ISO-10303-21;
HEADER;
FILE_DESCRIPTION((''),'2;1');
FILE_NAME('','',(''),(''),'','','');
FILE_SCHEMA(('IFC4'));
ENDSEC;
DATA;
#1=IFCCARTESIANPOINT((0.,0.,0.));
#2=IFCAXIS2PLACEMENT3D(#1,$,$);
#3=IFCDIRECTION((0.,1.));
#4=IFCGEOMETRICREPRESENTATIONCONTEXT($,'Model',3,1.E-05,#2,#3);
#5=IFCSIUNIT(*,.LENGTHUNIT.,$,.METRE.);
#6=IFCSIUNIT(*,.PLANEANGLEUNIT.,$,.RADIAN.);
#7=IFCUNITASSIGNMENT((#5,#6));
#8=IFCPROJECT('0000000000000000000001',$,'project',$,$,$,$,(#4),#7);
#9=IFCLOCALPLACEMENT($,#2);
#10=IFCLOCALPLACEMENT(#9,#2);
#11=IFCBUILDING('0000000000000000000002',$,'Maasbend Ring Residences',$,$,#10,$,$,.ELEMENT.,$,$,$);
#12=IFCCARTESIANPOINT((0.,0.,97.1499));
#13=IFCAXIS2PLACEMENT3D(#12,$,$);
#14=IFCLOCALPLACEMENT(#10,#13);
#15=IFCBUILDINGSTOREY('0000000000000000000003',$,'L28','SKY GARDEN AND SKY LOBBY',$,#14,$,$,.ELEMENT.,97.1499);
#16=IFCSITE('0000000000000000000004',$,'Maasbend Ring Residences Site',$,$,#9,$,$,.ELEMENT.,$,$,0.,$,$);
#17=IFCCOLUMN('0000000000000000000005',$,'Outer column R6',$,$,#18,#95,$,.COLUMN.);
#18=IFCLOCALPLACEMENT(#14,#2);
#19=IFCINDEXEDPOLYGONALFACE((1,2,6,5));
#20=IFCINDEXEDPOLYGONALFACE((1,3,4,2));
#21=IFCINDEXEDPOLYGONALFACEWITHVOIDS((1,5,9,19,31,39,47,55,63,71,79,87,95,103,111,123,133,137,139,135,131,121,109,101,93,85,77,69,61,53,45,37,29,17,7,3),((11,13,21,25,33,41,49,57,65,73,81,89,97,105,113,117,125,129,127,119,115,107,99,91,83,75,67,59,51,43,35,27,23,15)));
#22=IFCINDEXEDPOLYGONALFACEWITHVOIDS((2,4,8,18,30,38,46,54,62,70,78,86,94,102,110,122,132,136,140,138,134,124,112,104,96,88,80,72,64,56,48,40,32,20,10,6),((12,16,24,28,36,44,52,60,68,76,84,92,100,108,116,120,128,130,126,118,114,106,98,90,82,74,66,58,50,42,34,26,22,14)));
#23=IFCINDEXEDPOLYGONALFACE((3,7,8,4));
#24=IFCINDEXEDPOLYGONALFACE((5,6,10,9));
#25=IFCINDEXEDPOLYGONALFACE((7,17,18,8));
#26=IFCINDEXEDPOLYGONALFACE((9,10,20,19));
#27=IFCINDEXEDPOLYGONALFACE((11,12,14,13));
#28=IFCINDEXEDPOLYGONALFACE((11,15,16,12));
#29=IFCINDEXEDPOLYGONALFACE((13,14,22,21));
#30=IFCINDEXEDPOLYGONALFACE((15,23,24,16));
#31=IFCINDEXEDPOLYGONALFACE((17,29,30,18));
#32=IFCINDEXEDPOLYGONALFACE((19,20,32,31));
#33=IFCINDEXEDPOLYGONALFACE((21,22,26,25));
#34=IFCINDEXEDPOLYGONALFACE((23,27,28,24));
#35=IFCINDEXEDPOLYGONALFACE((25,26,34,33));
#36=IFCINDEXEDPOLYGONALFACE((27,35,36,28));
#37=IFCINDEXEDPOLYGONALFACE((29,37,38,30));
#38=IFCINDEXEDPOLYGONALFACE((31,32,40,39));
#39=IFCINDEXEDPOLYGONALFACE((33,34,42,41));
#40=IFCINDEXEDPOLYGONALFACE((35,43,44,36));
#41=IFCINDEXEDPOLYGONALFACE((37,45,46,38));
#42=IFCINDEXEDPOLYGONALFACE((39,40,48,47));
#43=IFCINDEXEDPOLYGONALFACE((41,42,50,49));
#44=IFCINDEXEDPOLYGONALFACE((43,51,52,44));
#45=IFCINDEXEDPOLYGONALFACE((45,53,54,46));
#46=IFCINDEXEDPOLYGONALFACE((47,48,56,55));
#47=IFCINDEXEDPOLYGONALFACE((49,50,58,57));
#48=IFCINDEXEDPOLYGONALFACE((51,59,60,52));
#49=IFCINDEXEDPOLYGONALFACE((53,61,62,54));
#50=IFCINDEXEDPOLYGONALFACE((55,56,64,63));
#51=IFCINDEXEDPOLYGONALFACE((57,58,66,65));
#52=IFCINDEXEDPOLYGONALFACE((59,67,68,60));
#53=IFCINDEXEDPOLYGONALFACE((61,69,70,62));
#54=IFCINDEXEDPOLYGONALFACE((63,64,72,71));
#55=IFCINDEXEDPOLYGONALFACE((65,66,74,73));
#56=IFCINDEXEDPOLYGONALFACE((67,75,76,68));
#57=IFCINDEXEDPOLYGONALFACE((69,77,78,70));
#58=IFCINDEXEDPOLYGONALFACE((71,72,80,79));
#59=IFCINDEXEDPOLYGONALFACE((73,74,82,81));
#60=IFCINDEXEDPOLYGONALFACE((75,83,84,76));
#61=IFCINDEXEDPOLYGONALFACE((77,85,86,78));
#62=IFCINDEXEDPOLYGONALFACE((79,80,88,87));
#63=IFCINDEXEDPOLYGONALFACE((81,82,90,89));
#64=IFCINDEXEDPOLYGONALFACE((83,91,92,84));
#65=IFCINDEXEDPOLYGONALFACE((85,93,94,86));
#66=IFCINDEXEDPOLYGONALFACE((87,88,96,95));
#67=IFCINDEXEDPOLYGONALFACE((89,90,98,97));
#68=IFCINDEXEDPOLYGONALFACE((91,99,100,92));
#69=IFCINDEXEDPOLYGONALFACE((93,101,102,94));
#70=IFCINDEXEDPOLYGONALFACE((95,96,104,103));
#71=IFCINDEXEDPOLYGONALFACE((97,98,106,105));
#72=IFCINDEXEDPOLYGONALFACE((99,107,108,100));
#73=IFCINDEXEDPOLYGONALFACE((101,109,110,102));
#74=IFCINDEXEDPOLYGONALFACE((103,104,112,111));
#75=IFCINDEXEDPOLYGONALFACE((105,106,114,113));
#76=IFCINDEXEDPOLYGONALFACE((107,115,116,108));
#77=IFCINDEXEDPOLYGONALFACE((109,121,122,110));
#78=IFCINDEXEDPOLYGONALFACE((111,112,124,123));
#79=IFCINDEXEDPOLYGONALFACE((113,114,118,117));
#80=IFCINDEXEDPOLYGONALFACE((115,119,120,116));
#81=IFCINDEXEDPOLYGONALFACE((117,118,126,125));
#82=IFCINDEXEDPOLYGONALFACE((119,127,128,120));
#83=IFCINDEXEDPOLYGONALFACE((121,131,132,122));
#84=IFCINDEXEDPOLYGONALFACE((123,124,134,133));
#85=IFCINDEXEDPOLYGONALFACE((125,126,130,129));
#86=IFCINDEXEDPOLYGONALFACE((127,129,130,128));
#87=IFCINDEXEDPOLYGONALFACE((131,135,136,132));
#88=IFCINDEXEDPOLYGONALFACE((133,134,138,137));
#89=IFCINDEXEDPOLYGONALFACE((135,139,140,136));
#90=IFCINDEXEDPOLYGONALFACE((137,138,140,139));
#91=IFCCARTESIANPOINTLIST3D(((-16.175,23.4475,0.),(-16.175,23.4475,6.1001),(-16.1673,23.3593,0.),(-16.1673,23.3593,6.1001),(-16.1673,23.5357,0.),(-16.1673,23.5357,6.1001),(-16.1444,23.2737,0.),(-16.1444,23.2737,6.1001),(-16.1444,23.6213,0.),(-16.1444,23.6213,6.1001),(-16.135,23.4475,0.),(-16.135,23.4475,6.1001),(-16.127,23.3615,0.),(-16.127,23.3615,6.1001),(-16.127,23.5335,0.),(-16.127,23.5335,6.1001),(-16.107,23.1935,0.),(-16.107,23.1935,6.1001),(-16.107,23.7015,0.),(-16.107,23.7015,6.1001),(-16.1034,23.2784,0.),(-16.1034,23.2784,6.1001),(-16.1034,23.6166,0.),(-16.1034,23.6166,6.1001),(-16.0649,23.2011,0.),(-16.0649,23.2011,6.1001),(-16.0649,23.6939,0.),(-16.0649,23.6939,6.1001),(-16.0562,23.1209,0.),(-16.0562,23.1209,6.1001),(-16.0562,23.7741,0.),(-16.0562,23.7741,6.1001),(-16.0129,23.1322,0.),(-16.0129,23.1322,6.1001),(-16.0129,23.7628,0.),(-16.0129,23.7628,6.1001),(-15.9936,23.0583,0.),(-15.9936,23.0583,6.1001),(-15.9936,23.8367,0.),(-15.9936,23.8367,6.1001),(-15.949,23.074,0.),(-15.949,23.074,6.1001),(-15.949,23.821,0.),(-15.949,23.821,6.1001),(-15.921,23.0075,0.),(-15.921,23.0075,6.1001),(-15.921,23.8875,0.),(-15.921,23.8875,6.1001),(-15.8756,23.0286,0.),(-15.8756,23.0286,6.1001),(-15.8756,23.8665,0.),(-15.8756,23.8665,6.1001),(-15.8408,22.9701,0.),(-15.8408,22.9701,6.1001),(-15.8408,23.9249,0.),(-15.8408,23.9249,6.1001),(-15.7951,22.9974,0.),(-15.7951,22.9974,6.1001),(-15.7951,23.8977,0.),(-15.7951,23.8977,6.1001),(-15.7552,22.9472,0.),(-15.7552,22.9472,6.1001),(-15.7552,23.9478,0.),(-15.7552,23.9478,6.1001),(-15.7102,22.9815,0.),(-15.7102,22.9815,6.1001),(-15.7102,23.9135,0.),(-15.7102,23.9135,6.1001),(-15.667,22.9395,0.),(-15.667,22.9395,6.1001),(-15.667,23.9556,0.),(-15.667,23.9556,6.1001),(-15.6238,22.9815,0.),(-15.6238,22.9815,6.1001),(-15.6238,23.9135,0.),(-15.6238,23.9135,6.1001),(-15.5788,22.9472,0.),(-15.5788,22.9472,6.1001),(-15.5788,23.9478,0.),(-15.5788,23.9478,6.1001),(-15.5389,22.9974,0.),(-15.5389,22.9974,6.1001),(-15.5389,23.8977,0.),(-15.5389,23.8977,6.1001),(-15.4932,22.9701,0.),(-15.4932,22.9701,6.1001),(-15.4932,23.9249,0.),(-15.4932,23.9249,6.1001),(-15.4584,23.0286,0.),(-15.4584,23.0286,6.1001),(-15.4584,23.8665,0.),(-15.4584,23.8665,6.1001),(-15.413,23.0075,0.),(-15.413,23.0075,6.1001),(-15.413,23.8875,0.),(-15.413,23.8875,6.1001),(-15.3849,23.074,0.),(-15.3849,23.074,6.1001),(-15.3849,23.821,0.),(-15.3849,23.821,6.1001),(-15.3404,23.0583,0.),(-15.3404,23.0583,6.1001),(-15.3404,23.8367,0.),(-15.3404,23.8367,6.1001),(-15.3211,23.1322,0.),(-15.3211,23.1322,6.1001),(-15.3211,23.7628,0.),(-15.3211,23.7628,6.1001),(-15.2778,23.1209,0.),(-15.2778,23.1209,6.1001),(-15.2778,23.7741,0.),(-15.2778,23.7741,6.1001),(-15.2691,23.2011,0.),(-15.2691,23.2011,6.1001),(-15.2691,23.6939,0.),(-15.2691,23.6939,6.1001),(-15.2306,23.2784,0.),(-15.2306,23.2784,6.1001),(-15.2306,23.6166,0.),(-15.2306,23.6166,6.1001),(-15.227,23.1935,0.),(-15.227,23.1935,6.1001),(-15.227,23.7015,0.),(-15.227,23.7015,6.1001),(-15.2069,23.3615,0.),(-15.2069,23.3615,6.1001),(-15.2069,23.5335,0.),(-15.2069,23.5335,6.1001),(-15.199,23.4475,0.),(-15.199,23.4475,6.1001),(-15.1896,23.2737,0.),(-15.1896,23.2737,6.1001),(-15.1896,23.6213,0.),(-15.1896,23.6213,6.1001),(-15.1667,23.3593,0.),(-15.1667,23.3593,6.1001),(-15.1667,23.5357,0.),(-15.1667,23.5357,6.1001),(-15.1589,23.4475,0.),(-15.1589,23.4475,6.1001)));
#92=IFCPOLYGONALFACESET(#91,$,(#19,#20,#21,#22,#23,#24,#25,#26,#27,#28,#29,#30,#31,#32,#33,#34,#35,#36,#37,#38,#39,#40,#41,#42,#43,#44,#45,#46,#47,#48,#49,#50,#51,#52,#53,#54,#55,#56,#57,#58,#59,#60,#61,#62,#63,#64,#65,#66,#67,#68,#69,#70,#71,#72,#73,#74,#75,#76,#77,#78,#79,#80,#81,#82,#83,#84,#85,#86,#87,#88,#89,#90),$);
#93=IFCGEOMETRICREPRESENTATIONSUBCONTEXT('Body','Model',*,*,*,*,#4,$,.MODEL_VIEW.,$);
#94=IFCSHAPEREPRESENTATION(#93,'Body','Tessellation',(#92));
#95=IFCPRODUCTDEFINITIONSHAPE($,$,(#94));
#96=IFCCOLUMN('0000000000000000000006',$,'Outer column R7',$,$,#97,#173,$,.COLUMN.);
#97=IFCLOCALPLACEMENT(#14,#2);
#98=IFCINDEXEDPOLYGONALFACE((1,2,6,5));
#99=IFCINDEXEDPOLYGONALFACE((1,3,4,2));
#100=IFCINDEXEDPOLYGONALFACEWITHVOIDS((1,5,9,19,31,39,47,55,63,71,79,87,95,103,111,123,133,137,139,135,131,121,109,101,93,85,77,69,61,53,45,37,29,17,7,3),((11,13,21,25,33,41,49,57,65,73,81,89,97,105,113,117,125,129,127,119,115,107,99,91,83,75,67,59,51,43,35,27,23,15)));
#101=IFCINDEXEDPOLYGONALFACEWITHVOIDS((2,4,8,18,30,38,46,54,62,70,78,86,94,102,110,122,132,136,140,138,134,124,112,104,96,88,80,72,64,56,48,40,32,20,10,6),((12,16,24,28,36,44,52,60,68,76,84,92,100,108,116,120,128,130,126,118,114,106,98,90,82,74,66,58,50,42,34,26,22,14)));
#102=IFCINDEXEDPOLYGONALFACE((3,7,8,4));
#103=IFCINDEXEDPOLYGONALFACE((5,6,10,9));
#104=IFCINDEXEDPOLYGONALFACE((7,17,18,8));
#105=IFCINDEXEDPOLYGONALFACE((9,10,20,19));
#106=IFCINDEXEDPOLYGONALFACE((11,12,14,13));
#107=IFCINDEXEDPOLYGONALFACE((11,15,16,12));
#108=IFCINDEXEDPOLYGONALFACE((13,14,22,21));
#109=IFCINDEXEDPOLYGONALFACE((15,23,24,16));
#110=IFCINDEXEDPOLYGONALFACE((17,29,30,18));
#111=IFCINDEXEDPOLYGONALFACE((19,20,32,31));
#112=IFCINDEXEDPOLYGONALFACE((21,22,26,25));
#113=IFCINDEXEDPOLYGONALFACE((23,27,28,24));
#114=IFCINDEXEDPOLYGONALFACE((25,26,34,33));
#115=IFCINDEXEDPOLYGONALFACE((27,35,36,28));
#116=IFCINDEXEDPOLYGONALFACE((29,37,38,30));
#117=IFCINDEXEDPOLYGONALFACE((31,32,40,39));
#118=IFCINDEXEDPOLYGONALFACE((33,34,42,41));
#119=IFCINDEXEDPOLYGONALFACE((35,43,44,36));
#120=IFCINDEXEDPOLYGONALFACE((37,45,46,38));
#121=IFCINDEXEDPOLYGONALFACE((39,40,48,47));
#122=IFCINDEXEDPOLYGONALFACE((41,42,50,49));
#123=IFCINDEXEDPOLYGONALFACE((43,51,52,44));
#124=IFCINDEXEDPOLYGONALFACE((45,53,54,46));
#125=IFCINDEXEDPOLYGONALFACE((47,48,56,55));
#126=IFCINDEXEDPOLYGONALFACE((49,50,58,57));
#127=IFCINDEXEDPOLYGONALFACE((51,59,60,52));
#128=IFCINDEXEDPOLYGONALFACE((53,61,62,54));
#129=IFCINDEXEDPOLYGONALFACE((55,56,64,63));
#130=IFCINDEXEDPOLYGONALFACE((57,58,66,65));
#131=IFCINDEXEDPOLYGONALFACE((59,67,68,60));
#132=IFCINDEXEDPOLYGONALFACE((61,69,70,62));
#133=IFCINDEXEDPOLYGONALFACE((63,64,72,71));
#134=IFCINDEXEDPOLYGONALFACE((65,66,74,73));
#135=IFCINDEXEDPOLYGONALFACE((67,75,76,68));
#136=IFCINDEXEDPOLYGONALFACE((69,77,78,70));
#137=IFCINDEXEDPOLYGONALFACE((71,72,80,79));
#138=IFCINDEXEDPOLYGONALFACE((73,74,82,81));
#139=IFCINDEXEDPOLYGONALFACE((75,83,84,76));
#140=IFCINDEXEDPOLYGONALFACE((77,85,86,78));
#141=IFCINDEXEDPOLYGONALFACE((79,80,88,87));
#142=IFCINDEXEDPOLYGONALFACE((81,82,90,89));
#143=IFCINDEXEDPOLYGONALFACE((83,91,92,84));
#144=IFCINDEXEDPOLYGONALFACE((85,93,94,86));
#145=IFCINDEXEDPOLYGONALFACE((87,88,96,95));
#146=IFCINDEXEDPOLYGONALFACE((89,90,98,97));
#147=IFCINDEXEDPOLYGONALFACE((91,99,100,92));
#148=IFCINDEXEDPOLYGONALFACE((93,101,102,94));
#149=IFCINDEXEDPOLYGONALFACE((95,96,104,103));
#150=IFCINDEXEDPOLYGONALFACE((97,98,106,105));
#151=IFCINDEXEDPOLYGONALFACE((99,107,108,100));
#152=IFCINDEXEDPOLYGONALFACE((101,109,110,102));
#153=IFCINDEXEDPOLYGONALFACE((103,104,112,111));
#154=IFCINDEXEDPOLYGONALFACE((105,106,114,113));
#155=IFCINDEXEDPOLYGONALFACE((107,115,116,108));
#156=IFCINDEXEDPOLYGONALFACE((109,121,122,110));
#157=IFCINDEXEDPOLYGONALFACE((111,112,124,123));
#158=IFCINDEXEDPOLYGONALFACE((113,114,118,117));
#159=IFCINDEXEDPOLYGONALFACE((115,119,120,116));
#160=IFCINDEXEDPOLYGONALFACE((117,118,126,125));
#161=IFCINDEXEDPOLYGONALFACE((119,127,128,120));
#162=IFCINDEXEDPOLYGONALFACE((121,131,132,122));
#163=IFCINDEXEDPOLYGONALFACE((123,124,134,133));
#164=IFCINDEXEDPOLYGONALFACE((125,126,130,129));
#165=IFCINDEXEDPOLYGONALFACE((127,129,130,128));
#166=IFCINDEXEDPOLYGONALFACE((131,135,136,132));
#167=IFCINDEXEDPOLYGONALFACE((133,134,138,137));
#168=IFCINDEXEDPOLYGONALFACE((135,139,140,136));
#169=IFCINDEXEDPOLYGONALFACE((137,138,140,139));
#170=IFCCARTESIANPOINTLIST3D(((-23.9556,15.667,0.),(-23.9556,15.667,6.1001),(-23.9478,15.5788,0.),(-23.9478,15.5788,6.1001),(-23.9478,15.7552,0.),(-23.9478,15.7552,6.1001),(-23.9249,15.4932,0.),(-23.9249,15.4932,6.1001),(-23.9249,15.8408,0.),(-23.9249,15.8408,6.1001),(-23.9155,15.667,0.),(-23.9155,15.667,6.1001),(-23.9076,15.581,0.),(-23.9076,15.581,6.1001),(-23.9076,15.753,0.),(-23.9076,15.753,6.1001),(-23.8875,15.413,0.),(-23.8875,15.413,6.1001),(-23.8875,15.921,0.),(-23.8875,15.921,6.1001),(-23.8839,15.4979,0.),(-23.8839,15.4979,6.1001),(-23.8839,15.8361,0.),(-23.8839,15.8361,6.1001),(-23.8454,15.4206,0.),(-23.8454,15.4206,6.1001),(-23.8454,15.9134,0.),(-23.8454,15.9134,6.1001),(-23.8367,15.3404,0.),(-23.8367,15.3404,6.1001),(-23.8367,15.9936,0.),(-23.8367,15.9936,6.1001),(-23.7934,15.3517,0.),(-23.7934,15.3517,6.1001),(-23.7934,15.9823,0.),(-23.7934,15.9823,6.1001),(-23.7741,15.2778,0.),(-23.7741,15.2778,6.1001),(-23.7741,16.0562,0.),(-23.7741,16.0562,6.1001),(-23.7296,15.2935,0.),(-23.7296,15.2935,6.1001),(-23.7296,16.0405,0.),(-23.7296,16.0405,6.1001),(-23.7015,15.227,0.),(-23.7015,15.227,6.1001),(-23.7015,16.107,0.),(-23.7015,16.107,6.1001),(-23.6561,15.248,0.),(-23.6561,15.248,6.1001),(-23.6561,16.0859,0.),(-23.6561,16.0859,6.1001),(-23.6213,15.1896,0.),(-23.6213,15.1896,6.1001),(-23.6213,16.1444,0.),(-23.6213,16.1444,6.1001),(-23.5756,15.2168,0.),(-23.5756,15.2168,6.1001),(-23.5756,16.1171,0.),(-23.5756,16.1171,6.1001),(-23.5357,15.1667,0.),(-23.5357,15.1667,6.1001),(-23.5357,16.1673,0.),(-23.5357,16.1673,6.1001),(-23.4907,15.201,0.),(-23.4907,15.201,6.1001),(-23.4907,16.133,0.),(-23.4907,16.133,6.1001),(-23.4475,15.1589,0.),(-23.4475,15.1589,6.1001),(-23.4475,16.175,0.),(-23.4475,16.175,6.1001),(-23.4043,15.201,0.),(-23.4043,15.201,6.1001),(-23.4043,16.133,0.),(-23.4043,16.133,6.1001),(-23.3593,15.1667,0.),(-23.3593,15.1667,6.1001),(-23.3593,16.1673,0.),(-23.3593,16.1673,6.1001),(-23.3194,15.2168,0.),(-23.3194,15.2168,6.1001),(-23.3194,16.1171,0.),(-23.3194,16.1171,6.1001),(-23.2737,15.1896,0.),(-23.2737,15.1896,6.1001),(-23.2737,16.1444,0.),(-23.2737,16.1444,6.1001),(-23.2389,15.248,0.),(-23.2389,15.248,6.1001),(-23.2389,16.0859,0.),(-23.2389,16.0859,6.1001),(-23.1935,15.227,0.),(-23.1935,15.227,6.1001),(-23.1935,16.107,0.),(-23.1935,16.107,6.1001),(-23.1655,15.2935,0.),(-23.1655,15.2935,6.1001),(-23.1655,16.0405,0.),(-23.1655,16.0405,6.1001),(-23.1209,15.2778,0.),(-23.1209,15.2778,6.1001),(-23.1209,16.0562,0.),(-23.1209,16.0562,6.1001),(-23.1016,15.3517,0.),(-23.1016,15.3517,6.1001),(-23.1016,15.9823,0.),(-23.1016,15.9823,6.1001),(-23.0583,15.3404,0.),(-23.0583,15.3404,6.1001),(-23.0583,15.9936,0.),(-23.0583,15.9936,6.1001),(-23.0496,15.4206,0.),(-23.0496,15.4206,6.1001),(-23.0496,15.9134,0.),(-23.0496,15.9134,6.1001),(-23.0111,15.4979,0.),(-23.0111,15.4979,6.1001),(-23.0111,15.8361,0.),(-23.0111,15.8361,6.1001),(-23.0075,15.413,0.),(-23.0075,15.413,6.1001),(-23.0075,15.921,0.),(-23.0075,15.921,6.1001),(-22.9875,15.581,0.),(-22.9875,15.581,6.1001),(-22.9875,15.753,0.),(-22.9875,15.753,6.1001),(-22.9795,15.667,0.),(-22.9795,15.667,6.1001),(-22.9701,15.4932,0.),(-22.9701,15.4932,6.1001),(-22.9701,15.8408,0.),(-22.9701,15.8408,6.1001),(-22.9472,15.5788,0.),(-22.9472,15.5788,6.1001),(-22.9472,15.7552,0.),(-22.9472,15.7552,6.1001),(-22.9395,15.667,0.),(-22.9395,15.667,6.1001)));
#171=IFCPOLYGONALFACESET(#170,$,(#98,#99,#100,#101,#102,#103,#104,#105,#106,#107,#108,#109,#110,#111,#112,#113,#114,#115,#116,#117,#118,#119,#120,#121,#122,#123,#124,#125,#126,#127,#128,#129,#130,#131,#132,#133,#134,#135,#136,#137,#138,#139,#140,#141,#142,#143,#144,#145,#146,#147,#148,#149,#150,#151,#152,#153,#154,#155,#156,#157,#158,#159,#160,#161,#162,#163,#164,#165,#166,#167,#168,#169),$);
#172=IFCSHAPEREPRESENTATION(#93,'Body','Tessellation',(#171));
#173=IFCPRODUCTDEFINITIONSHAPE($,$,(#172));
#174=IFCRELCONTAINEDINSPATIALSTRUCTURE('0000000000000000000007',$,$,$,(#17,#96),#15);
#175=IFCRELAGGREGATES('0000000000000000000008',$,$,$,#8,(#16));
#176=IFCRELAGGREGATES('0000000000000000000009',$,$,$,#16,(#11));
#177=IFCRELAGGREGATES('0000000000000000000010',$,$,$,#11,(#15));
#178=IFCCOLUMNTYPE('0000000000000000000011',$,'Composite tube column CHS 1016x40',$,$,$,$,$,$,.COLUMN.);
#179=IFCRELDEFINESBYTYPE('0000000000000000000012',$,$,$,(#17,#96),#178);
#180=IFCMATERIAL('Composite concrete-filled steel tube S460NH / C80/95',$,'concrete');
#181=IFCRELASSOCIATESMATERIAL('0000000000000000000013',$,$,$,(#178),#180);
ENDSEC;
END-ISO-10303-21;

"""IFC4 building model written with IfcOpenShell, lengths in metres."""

from ifc_helpers import new_model, si_unit, direction, frame, origin, origin_2d, place, context, subcontext, project, spatial, hollow_circle, extrude, material, material_profile, profile_set, type_object, element, save


model = new_model("IFC4")

# Units and contexts
model_context = context("Model", 3, precision=1e-05, world=origin(), true_north=direction((0.0, 1.0)))
body_context = subcontext(model_context, "Body", "Model", "MODEL_VIEW")
ifc_project = project(units=[si_unit("LENGTHUNIT", "METRE"), si_unit("PLANEANGLEUNIT", "RADIAN")], contexts=[model_context])

# Site, building, storey
site_placement = place(None, origin())
site = spatial("IfcSite", under=ifc_project, at=site_placement, Name="Maasbend Ring Residences Site", CompositionType="ELEMENT", RefElevation=0.0)
building_placement = place(site_placement, origin())
building = spatial("IfcBuilding", under=site, at=building_placement, Name="Maasbend Ring Residences", CompositionType="ELEMENT")
storey_placement = place(building_placement, frame((0.0, 0.0, 97.1499)))
storey = spatial("IfcBuildingStorey", under=building, at=storey_placement, Name="L28", Description="SKY GARDEN AND SKY LOBBY", CompositionType="ELEMENT", Elevation=97.1499)

# Columns
ifc_material_1 = material(Name="Composite concrete-filled steel tube S460NH / C80/95", Category="concrete")
ifc_material_profile_1 = material_profile(ifc_material_1, hollow_circle(Radius=0.5081, WallThickness=0.04, at=origin_2d()), Name="Composite tube column CHS 1016x40")
ifc_profile_set_1 = profile_set([ifc_material_profile_1], Name="Composite concrete-filled steel tube S460NH / C80/95")
column_type_1 = type_object("IfcColumnType", Name="Composite tube column CHS 1016x40", PredefinedType="COLUMN", material=ifc_profile_set_1)
for number, where, z_axis, x_axis, name in (
    (1, (-15.667, 23.4475, 0.0), (0.0, 0.0, 1.0), (1.0, 0.0, 0.0), "Outer column R6"),
    (2, (-23.4475, 15.667, 0.0), (0.0, 0.0, 1.0), (1.0, 0.0, 0.0), "Outer column R7"),
):
    element("IfcColumn", number, at=place(storey_placement, frame(where, z_axis=z_axis, x_axis=x_axis)), inside=storey, type_object=column_type_1, Name=name, PredefinedType="COLUMN", context=body_context, shape_type="SweptSolid", body=[
        extrude(hollow_circle(Radius=0.5081, WallThickness=0.04, at=origin_2d()), origin(), (0.0, 0.0, 1.0), 6.1001),
    ])

save(model, "model.ifc")
